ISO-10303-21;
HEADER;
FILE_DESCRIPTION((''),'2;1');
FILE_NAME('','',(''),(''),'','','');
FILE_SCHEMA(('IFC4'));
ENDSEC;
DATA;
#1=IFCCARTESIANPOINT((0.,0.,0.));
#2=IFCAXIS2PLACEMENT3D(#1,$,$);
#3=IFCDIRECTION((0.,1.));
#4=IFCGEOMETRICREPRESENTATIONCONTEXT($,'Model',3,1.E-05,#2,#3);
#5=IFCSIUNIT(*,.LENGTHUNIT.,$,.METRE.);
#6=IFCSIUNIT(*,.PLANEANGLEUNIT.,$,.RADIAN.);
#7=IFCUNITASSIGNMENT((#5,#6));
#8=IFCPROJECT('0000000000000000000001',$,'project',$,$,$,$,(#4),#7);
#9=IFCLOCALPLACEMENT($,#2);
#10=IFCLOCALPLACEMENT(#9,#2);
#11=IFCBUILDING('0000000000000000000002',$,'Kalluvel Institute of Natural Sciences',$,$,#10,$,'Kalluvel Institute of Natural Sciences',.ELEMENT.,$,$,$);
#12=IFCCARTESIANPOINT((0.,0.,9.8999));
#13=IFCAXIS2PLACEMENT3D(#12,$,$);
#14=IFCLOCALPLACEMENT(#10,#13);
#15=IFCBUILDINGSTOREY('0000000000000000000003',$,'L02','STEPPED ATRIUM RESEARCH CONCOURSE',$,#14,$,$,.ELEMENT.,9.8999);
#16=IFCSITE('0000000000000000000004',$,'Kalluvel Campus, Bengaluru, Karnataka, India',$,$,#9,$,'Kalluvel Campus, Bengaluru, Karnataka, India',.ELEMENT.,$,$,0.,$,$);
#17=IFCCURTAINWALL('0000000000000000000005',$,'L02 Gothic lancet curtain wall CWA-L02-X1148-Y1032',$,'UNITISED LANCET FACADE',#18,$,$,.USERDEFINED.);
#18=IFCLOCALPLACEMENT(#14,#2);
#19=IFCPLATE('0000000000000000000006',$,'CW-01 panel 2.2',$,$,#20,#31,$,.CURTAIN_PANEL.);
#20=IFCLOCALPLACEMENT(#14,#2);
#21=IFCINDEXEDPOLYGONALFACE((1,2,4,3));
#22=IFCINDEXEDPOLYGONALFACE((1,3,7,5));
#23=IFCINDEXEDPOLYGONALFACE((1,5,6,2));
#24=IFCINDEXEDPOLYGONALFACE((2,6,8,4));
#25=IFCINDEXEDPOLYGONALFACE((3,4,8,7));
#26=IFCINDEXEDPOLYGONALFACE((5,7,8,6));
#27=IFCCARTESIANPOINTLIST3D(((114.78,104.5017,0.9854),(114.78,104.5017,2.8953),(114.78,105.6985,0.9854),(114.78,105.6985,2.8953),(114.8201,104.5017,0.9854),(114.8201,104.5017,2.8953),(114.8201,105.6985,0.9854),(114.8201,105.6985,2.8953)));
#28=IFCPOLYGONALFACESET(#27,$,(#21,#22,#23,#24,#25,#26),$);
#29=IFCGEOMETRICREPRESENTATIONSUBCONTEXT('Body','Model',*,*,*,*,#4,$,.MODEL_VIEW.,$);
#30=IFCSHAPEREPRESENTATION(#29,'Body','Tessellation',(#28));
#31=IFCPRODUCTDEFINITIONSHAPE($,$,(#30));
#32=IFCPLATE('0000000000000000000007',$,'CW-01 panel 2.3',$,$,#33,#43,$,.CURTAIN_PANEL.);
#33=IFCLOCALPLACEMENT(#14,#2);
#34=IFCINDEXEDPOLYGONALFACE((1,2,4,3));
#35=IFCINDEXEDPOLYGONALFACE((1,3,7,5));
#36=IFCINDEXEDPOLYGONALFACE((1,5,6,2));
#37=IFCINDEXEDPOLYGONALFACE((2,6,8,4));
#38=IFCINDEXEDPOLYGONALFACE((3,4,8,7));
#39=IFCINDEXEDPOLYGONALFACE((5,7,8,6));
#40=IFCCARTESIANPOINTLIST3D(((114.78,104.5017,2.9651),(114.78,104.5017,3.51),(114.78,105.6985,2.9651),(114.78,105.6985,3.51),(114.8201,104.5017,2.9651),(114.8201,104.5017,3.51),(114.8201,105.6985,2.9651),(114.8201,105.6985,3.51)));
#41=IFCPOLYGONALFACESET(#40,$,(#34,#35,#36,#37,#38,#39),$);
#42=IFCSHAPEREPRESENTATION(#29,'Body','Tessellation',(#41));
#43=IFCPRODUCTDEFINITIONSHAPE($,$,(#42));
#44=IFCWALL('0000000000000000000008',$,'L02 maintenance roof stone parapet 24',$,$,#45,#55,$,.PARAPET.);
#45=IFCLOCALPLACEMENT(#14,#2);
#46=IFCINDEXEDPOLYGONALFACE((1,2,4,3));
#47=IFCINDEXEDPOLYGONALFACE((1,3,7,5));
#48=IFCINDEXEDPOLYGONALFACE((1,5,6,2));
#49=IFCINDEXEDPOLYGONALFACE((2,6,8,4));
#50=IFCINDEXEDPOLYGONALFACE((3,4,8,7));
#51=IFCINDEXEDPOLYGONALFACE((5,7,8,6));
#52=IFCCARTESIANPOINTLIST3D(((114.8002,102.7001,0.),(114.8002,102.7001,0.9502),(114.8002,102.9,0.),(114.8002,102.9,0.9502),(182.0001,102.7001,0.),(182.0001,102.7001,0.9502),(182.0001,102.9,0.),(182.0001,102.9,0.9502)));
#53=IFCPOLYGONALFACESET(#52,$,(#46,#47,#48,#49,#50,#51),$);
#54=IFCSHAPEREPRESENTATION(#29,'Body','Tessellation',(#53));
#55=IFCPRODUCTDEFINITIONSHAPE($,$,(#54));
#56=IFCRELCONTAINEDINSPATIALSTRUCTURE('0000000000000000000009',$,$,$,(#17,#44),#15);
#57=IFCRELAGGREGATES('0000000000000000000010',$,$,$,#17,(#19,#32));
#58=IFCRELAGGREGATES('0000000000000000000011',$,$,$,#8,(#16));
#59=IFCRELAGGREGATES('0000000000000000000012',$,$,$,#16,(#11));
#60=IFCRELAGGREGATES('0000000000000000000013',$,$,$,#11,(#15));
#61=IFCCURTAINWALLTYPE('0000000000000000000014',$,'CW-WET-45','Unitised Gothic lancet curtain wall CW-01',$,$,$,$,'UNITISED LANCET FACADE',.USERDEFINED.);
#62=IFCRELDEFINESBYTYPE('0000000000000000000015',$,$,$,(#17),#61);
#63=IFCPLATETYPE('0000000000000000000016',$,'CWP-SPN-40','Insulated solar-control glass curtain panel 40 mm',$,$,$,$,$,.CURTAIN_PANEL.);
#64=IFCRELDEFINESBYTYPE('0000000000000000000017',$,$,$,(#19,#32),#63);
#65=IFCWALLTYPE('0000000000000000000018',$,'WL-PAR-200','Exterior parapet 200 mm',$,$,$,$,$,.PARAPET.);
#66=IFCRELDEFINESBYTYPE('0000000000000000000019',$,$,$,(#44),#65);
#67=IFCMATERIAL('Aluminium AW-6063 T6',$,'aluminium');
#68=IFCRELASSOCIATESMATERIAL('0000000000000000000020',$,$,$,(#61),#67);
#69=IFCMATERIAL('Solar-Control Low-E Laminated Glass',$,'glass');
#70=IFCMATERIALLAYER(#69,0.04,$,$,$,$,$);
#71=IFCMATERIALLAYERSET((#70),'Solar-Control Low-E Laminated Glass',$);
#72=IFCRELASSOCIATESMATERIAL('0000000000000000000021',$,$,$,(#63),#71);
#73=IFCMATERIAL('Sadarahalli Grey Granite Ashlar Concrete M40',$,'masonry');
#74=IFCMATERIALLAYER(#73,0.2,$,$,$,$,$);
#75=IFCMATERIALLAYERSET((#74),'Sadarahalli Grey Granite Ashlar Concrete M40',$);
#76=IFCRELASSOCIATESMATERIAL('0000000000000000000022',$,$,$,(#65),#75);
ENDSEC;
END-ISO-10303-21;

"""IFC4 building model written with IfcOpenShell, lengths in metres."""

from ifc_helpers import new_model, si_unit, direction, frame, frame_2d, origin, origin_2d, place, context, subcontext, project, spatial, rectangle, extrude, material, layer, layer_set, type_object, element, aggregate, save


model = new_model("IFC4")

# Units and contexts
model_context = context("Model", 3, precision=1e-05, world=origin(), true_north=direction((0.0, 1.0)))
body_context = subcontext(model_context, "Body", "Model", "MODEL_VIEW")
ifc_project = project(units=[si_unit("LENGTHUNIT", "METRE"), si_unit("PLANEANGLEUNIT", "RADIAN")], contexts=[model_context])

# Site, building, storey
site_placement = place(None, origin())
site = spatial("IfcSite", under=ifc_project, at=site_placement, Name="Kalluvel Campus, Bengaluru, Karnataka, India", LongName="Kalluvel Campus, Bengaluru, Karnataka, India", CompositionType="ELEMENT", RefElevation=0.0)
building_placement = place(site_placement, origin())
building = spatial("IfcBuilding", under=site, at=building_placement, Name="Kalluvel Institute of Natural Sciences", LongName="Kalluvel Institute of Natural Sciences", CompositionType="ELEMENT")
storey_placement = place(building_placement, frame((0.0, 0.0, 9.8999)))
storey = spatial("IfcBuildingStorey", under=building, at=storey_placement, Name="L02", Description="STEPPED ATRIUM RESEARCH CONCOURSE", CompositionType="ELEMENT", Elevation=9.8999)

# Shared definitions
ifc_material_1 = material(Name="Aluminium AW-6063 T6", Category="aluminium")
curtain_wall_type = type_object("IfcCurtainWallType", Name="CW-WET-45", Description="Unitised Gothic lancet curtain wall CW-01", ElementType="UNITISED LANCET FACADE", PredefinedType="USERDEFINED", material=ifc_material_1)

# Curtain wall
curtain_wall_1_placement = place(storey_placement, origin())
curtain_wall_1 = element("IfcCurtainWall", 1, at=curtain_wall_1_placement, inside=storey, type_object=curtain_wall_type, Name="L02 Gothic lancet curtain wall CWA-L02-X1148-Y1032", ObjectType="UNITISED LANCET FACADE", PredefinedType="USERDEFINED")

# Plates
ifc_material_2 = material(Name="Solar-Control Low-E Laminated Glass", Category="glass")
ifc_layer_1 = layer(ifc_material_2, 0.04)
ifc_layer_set_1 = layer_set([ifc_layer_1], Name="Solar-Control Low-E Laminated Glass")
plate_type = type_object("IfcPlateType", Name="CWP-SPN-40", Description="Insulated solar-control glass curtain panel 40 mm", PredefinedType="CURTAIN_PANEL", material=ifc_layer_set_1)
plate_1_placement = place(storey_placement, frame((114.8, 105.1001, 0.9854), z_axis=(0.0, 0.0, 1.0), x_axis=(0.0, 1.0, 0.0)))
plate_1 = element("IfcPlate", 2, at=plate_1_placement, type_object=plate_type, Name="CW-01 panel 2.2", PredefinedType="CURTAIN_PANEL", context=body_context, shape_type="SweptSolid", body=[
    extrude(rectangle(XDim=1.1968, YDim=0.04, at=origin_2d()), origin(), (0.0, 0.0, 1.0), 1.9099),
])
plate_2_placement = place(storey_placement, frame((114.8, 105.1001, 2.9651), z_axis=(0.0, 0.0, 1.0), x_axis=(0.0, 1.0, 0.0)))
plate_2 = element("IfcPlate", 3, at=plate_2_placement, type_object=plate_type, Name="CW-01 panel 2.3", PredefinedType="CURTAIN_PANEL", context=body_context, shape_type="SweptSolid", body=[
    extrude(rectangle(XDim=1.1968, YDim=0.04, at=origin_2d()), origin(), (0.0, 0.0, 1.0), 0.5449),
])
aggregate(curtain_wall_1, [plate_1, plate_2])

# Wall
ifc_material_3 = material(Name="Sadarahalli Grey Granite Ashlar Concrete M40", Category="masonry")
ifc_layer_2 = layer(ifc_material_3, 0.2)
ifc_layer_set_2 = layer_set([ifc_layer_2], Name="Sadarahalli Grey Granite Ashlar Concrete M40")
wall_type = type_object("IfcWallType", Name="WL-PAR-200", Description="Exterior parapet 200 mm", PredefinedType="PARAPET", material=ifc_layer_set_2)
wall_placement = place(storey_placement, frame((114.8, 102.8, 0.0), z_axis=(0.0, 0.0, 1.0), x_axis=(1.0, 0.0, 0.0)))
element("IfcWall", 4, at=wall_placement, inside=storey, type_object=wall_type, Name="L02 maintenance roof stone parapet 24", PredefinedType="PARAPET", context=body_context, shape_type="SweptSolid", body=[
    extrude(rectangle(XDim=67.2, YDim=0.2, at=frame_2d((33.6001, 0.0))), origin(), (0.0, 0.0, 1.0), 0.9502),
])

save(model, "model.ifc")
